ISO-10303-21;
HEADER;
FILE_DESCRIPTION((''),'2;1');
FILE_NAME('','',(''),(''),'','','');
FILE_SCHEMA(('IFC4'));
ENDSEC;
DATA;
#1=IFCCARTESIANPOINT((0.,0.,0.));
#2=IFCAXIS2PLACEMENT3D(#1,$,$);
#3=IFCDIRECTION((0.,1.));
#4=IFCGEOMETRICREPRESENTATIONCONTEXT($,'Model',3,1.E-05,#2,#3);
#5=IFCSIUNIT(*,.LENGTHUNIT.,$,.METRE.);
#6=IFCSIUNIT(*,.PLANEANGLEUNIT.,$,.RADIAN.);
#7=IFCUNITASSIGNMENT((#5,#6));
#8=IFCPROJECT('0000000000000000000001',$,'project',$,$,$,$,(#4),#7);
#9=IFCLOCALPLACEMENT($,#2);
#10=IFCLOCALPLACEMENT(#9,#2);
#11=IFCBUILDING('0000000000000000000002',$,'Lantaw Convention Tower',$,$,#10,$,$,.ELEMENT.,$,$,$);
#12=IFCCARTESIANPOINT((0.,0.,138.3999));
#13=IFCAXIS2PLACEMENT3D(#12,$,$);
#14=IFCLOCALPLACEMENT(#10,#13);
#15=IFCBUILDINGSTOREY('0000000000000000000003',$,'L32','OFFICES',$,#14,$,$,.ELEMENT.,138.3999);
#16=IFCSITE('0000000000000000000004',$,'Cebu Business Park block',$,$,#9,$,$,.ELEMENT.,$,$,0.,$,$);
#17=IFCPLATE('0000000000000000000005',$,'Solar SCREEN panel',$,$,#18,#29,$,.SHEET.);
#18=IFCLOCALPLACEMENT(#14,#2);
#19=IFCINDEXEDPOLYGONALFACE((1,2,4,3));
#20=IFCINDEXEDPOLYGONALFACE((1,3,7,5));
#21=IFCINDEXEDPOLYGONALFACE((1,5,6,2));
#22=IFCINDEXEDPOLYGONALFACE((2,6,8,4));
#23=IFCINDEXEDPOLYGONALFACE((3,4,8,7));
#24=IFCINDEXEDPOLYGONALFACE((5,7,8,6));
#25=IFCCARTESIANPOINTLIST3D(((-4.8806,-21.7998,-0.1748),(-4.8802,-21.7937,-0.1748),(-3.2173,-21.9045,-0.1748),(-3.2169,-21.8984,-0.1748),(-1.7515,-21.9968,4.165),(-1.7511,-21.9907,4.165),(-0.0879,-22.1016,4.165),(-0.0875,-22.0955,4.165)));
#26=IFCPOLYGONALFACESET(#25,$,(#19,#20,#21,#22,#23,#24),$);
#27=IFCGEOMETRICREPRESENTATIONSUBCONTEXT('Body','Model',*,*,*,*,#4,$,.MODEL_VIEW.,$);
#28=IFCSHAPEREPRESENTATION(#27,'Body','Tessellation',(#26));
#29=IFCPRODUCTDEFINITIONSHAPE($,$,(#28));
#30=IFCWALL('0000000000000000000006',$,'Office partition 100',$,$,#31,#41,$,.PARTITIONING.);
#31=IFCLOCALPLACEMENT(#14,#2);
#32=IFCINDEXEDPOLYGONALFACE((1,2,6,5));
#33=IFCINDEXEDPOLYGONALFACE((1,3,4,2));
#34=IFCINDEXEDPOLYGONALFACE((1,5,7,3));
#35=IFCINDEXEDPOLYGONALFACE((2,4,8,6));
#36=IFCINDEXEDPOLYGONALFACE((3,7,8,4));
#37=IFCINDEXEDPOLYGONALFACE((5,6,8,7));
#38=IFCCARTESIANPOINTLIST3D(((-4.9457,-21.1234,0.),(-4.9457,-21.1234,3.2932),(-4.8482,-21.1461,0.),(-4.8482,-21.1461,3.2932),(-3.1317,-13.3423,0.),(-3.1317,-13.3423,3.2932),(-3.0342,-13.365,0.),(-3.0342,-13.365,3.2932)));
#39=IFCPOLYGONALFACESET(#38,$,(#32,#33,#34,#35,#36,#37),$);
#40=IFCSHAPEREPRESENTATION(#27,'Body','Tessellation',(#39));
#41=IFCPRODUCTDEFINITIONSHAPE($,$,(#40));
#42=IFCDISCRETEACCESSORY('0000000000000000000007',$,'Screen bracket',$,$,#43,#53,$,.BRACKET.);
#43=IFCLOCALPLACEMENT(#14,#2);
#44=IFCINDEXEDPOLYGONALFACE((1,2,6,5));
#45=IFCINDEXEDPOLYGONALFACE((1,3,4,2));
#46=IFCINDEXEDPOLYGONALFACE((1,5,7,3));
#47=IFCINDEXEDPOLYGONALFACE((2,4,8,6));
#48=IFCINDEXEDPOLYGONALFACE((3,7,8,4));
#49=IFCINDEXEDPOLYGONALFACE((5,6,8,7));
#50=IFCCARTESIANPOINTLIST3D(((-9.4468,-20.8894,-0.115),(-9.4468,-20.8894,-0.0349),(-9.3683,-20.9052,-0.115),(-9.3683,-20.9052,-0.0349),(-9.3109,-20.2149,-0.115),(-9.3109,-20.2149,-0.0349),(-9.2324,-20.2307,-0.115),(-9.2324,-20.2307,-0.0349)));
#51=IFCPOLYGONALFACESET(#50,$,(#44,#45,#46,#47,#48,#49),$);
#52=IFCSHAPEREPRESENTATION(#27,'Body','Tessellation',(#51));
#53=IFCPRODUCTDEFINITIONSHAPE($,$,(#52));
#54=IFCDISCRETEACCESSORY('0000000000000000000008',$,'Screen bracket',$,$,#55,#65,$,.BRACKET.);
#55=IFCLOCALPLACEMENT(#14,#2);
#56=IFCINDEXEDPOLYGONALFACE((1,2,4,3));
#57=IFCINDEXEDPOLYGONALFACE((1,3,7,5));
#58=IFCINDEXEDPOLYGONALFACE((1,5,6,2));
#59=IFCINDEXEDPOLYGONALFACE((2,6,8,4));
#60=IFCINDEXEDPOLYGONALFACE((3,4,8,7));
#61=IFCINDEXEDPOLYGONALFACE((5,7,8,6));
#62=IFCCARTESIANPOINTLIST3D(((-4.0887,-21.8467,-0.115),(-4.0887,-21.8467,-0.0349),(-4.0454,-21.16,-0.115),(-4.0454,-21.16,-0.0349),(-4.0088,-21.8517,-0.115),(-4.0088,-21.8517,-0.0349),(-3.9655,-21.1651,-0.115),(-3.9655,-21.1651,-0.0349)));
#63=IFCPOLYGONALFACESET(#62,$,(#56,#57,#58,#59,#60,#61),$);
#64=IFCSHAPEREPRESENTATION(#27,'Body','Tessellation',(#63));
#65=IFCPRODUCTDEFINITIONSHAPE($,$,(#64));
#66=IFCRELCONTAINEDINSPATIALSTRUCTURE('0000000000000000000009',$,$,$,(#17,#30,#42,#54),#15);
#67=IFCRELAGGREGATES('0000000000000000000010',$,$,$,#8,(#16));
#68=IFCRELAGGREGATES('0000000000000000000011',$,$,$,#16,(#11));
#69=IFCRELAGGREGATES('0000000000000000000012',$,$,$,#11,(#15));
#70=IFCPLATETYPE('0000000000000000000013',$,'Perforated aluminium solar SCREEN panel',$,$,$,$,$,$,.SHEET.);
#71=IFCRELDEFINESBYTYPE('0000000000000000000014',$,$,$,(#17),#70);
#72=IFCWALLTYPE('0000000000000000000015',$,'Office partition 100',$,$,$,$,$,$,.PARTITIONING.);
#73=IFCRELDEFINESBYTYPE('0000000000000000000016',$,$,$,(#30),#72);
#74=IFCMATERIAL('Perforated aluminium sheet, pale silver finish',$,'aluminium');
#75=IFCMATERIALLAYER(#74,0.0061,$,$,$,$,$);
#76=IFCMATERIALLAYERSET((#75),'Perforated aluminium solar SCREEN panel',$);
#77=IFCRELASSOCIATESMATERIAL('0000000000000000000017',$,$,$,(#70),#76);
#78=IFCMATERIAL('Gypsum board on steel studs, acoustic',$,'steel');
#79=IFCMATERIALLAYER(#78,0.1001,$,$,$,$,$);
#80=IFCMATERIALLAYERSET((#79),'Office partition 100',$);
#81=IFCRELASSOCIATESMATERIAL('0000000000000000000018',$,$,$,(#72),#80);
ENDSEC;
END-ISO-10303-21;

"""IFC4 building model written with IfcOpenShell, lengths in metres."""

from ifc_helpers import new_model, si_unit, direction, frame, frame_2d, origin, origin_2d, place, context, subcontext, project, spatial, polyline, rectangle, outline, extrude, material, layer, layer_set, type_object, element, save


model = new_model("IFC4")

# Units and contexts
model_context = context("Model", 3, precision=1e-05, world=origin(), true_north=direction((0.0, 1.0)))
body_context = subcontext(model_context, "Body", "Model", "MODEL_VIEW")
ifc_project = project(units=[si_unit("LENGTHUNIT", "METRE"), si_unit("PLANEANGLEUNIT", "RADIAN")], contexts=[model_context])

# Site, building, storey
site_placement = place(None, origin())
site = spatial("IfcSite", under=ifc_project, at=site_placement, Name="Cebu Business Park block", CompositionType="ELEMENT", RefElevation=0.0)
building_placement = place(site_placement, origin())
building = spatial("IfcBuilding", under=site, at=building_placement, Name="Lantaw Convention Tower", CompositionType="ELEMENT")
storey_placement = place(building_placement, frame((0.0, 0.0, 138.3999)))
storey = spatial("IfcBuildingStorey", under=building, at=storey_placement, Name="L32", Description="OFFICES", CompositionType="ELEMENT", Elevation=138.3999)

# Plate
ifc_material_1 = material(Name="Perforated aluminium sheet, pale silver finish", Category="aluminium")
ifc_layer_1 = layer(ifc_material_1, 0.0061)
ifc_layer_set_1 = layer_set([ifc_layer_1], Name="Perforated aluminium solar SCREEN panel")
plate_type_1 = type_object("IfcPlateType", Name="Perforated aluminium solar SCREEN panel", PredefinedType="SHEET", material=ifc_layer_set_1)
plate_1_placement = place(storey_placement, frame((-4.8806, -21.7998, -0.1748), z_axis=(-0.062839, -0.998024, 0.000002), x_axis=(0.998024, -0.062839, 0.0)))
element("IfcPlate", 1, at=plate_1_placement, inside=storey, type_object=plate_type_1, Name="Solar SCREEN panel", PredefinedType="SHEET", context=body_context, shape_type="SweptSolid", body=[
    extrude(outline(polyline([(0.0, 0.0), (1.6666, 0.0), (4.8022, 4.3398), (3.1353, 4.3398), (0.0, 0.0)])), origin(), (0.0, 0.0, -1.0), 0.0061),
])

# Wall
ifc_material_2 = material(Name="Gypsum board on steel studs, acoustic", Category="steel")
ifc_layer_2 = layer(ifc_material_2, 0.1001)
ifc_layer_set_2 = layer_set([ifc_layer_2], Name="Office partition 100")
wall_type = type_object("IfcWallType", Name="Office partition 100", PredefinedType="PARTITIONING", material=ifc_layer_set_2)
wall_placement = place(storey_placement, frame((-4.897, -21.1348, 0.0), z_axis=(0.0, 0.0, 1.0), x_axis=(0.227039, 0.973886, 0.0)))
element("IfcWall", 2, at=wall_placement, inside=storey, type_object=wall_type, Name="Office partition 100", PredefinedType="PARTITIONING", context=body_context, shape_type="SweptSolid", body=[
    extrude(rectangle(XDim=7.9897, YDim=0.1001, at=frame_2d((3.9949, 0.0))), origin(), (0.0, 0.0, 1.0), 3.2932),
])

# Discrete accessories
for number, where, z_axis, x_axis, name in (
    (3, (-9.3396, -20.5601, -0.115), (0.0, 0.0, 1.0), (0.980302, -0.197507, 0.0), "Screen bracket"),
    (4, (-4.0271, -21.5059, -0.115), (0.0, 0.0, 1.0), (0.998022, -0.062865, 0.0), "Screen bracket"),
):
    element("IfcDiscreteAccessory", number, at=place(storey_placement, frame(where, z_axis=z_axis, x_axis=x_axis)), inside=storey, Name=name, PredefinedType="BRACKET", context=body_context, shape_type="SweptSolid", body=[
        extrude(rectangle(XDim=0.0801, YDim=0.688, at=origin_2d()), origin(), (0.0, 0.0, 1.0), 0.0801),
    ])

save(model, "model.ifc")
